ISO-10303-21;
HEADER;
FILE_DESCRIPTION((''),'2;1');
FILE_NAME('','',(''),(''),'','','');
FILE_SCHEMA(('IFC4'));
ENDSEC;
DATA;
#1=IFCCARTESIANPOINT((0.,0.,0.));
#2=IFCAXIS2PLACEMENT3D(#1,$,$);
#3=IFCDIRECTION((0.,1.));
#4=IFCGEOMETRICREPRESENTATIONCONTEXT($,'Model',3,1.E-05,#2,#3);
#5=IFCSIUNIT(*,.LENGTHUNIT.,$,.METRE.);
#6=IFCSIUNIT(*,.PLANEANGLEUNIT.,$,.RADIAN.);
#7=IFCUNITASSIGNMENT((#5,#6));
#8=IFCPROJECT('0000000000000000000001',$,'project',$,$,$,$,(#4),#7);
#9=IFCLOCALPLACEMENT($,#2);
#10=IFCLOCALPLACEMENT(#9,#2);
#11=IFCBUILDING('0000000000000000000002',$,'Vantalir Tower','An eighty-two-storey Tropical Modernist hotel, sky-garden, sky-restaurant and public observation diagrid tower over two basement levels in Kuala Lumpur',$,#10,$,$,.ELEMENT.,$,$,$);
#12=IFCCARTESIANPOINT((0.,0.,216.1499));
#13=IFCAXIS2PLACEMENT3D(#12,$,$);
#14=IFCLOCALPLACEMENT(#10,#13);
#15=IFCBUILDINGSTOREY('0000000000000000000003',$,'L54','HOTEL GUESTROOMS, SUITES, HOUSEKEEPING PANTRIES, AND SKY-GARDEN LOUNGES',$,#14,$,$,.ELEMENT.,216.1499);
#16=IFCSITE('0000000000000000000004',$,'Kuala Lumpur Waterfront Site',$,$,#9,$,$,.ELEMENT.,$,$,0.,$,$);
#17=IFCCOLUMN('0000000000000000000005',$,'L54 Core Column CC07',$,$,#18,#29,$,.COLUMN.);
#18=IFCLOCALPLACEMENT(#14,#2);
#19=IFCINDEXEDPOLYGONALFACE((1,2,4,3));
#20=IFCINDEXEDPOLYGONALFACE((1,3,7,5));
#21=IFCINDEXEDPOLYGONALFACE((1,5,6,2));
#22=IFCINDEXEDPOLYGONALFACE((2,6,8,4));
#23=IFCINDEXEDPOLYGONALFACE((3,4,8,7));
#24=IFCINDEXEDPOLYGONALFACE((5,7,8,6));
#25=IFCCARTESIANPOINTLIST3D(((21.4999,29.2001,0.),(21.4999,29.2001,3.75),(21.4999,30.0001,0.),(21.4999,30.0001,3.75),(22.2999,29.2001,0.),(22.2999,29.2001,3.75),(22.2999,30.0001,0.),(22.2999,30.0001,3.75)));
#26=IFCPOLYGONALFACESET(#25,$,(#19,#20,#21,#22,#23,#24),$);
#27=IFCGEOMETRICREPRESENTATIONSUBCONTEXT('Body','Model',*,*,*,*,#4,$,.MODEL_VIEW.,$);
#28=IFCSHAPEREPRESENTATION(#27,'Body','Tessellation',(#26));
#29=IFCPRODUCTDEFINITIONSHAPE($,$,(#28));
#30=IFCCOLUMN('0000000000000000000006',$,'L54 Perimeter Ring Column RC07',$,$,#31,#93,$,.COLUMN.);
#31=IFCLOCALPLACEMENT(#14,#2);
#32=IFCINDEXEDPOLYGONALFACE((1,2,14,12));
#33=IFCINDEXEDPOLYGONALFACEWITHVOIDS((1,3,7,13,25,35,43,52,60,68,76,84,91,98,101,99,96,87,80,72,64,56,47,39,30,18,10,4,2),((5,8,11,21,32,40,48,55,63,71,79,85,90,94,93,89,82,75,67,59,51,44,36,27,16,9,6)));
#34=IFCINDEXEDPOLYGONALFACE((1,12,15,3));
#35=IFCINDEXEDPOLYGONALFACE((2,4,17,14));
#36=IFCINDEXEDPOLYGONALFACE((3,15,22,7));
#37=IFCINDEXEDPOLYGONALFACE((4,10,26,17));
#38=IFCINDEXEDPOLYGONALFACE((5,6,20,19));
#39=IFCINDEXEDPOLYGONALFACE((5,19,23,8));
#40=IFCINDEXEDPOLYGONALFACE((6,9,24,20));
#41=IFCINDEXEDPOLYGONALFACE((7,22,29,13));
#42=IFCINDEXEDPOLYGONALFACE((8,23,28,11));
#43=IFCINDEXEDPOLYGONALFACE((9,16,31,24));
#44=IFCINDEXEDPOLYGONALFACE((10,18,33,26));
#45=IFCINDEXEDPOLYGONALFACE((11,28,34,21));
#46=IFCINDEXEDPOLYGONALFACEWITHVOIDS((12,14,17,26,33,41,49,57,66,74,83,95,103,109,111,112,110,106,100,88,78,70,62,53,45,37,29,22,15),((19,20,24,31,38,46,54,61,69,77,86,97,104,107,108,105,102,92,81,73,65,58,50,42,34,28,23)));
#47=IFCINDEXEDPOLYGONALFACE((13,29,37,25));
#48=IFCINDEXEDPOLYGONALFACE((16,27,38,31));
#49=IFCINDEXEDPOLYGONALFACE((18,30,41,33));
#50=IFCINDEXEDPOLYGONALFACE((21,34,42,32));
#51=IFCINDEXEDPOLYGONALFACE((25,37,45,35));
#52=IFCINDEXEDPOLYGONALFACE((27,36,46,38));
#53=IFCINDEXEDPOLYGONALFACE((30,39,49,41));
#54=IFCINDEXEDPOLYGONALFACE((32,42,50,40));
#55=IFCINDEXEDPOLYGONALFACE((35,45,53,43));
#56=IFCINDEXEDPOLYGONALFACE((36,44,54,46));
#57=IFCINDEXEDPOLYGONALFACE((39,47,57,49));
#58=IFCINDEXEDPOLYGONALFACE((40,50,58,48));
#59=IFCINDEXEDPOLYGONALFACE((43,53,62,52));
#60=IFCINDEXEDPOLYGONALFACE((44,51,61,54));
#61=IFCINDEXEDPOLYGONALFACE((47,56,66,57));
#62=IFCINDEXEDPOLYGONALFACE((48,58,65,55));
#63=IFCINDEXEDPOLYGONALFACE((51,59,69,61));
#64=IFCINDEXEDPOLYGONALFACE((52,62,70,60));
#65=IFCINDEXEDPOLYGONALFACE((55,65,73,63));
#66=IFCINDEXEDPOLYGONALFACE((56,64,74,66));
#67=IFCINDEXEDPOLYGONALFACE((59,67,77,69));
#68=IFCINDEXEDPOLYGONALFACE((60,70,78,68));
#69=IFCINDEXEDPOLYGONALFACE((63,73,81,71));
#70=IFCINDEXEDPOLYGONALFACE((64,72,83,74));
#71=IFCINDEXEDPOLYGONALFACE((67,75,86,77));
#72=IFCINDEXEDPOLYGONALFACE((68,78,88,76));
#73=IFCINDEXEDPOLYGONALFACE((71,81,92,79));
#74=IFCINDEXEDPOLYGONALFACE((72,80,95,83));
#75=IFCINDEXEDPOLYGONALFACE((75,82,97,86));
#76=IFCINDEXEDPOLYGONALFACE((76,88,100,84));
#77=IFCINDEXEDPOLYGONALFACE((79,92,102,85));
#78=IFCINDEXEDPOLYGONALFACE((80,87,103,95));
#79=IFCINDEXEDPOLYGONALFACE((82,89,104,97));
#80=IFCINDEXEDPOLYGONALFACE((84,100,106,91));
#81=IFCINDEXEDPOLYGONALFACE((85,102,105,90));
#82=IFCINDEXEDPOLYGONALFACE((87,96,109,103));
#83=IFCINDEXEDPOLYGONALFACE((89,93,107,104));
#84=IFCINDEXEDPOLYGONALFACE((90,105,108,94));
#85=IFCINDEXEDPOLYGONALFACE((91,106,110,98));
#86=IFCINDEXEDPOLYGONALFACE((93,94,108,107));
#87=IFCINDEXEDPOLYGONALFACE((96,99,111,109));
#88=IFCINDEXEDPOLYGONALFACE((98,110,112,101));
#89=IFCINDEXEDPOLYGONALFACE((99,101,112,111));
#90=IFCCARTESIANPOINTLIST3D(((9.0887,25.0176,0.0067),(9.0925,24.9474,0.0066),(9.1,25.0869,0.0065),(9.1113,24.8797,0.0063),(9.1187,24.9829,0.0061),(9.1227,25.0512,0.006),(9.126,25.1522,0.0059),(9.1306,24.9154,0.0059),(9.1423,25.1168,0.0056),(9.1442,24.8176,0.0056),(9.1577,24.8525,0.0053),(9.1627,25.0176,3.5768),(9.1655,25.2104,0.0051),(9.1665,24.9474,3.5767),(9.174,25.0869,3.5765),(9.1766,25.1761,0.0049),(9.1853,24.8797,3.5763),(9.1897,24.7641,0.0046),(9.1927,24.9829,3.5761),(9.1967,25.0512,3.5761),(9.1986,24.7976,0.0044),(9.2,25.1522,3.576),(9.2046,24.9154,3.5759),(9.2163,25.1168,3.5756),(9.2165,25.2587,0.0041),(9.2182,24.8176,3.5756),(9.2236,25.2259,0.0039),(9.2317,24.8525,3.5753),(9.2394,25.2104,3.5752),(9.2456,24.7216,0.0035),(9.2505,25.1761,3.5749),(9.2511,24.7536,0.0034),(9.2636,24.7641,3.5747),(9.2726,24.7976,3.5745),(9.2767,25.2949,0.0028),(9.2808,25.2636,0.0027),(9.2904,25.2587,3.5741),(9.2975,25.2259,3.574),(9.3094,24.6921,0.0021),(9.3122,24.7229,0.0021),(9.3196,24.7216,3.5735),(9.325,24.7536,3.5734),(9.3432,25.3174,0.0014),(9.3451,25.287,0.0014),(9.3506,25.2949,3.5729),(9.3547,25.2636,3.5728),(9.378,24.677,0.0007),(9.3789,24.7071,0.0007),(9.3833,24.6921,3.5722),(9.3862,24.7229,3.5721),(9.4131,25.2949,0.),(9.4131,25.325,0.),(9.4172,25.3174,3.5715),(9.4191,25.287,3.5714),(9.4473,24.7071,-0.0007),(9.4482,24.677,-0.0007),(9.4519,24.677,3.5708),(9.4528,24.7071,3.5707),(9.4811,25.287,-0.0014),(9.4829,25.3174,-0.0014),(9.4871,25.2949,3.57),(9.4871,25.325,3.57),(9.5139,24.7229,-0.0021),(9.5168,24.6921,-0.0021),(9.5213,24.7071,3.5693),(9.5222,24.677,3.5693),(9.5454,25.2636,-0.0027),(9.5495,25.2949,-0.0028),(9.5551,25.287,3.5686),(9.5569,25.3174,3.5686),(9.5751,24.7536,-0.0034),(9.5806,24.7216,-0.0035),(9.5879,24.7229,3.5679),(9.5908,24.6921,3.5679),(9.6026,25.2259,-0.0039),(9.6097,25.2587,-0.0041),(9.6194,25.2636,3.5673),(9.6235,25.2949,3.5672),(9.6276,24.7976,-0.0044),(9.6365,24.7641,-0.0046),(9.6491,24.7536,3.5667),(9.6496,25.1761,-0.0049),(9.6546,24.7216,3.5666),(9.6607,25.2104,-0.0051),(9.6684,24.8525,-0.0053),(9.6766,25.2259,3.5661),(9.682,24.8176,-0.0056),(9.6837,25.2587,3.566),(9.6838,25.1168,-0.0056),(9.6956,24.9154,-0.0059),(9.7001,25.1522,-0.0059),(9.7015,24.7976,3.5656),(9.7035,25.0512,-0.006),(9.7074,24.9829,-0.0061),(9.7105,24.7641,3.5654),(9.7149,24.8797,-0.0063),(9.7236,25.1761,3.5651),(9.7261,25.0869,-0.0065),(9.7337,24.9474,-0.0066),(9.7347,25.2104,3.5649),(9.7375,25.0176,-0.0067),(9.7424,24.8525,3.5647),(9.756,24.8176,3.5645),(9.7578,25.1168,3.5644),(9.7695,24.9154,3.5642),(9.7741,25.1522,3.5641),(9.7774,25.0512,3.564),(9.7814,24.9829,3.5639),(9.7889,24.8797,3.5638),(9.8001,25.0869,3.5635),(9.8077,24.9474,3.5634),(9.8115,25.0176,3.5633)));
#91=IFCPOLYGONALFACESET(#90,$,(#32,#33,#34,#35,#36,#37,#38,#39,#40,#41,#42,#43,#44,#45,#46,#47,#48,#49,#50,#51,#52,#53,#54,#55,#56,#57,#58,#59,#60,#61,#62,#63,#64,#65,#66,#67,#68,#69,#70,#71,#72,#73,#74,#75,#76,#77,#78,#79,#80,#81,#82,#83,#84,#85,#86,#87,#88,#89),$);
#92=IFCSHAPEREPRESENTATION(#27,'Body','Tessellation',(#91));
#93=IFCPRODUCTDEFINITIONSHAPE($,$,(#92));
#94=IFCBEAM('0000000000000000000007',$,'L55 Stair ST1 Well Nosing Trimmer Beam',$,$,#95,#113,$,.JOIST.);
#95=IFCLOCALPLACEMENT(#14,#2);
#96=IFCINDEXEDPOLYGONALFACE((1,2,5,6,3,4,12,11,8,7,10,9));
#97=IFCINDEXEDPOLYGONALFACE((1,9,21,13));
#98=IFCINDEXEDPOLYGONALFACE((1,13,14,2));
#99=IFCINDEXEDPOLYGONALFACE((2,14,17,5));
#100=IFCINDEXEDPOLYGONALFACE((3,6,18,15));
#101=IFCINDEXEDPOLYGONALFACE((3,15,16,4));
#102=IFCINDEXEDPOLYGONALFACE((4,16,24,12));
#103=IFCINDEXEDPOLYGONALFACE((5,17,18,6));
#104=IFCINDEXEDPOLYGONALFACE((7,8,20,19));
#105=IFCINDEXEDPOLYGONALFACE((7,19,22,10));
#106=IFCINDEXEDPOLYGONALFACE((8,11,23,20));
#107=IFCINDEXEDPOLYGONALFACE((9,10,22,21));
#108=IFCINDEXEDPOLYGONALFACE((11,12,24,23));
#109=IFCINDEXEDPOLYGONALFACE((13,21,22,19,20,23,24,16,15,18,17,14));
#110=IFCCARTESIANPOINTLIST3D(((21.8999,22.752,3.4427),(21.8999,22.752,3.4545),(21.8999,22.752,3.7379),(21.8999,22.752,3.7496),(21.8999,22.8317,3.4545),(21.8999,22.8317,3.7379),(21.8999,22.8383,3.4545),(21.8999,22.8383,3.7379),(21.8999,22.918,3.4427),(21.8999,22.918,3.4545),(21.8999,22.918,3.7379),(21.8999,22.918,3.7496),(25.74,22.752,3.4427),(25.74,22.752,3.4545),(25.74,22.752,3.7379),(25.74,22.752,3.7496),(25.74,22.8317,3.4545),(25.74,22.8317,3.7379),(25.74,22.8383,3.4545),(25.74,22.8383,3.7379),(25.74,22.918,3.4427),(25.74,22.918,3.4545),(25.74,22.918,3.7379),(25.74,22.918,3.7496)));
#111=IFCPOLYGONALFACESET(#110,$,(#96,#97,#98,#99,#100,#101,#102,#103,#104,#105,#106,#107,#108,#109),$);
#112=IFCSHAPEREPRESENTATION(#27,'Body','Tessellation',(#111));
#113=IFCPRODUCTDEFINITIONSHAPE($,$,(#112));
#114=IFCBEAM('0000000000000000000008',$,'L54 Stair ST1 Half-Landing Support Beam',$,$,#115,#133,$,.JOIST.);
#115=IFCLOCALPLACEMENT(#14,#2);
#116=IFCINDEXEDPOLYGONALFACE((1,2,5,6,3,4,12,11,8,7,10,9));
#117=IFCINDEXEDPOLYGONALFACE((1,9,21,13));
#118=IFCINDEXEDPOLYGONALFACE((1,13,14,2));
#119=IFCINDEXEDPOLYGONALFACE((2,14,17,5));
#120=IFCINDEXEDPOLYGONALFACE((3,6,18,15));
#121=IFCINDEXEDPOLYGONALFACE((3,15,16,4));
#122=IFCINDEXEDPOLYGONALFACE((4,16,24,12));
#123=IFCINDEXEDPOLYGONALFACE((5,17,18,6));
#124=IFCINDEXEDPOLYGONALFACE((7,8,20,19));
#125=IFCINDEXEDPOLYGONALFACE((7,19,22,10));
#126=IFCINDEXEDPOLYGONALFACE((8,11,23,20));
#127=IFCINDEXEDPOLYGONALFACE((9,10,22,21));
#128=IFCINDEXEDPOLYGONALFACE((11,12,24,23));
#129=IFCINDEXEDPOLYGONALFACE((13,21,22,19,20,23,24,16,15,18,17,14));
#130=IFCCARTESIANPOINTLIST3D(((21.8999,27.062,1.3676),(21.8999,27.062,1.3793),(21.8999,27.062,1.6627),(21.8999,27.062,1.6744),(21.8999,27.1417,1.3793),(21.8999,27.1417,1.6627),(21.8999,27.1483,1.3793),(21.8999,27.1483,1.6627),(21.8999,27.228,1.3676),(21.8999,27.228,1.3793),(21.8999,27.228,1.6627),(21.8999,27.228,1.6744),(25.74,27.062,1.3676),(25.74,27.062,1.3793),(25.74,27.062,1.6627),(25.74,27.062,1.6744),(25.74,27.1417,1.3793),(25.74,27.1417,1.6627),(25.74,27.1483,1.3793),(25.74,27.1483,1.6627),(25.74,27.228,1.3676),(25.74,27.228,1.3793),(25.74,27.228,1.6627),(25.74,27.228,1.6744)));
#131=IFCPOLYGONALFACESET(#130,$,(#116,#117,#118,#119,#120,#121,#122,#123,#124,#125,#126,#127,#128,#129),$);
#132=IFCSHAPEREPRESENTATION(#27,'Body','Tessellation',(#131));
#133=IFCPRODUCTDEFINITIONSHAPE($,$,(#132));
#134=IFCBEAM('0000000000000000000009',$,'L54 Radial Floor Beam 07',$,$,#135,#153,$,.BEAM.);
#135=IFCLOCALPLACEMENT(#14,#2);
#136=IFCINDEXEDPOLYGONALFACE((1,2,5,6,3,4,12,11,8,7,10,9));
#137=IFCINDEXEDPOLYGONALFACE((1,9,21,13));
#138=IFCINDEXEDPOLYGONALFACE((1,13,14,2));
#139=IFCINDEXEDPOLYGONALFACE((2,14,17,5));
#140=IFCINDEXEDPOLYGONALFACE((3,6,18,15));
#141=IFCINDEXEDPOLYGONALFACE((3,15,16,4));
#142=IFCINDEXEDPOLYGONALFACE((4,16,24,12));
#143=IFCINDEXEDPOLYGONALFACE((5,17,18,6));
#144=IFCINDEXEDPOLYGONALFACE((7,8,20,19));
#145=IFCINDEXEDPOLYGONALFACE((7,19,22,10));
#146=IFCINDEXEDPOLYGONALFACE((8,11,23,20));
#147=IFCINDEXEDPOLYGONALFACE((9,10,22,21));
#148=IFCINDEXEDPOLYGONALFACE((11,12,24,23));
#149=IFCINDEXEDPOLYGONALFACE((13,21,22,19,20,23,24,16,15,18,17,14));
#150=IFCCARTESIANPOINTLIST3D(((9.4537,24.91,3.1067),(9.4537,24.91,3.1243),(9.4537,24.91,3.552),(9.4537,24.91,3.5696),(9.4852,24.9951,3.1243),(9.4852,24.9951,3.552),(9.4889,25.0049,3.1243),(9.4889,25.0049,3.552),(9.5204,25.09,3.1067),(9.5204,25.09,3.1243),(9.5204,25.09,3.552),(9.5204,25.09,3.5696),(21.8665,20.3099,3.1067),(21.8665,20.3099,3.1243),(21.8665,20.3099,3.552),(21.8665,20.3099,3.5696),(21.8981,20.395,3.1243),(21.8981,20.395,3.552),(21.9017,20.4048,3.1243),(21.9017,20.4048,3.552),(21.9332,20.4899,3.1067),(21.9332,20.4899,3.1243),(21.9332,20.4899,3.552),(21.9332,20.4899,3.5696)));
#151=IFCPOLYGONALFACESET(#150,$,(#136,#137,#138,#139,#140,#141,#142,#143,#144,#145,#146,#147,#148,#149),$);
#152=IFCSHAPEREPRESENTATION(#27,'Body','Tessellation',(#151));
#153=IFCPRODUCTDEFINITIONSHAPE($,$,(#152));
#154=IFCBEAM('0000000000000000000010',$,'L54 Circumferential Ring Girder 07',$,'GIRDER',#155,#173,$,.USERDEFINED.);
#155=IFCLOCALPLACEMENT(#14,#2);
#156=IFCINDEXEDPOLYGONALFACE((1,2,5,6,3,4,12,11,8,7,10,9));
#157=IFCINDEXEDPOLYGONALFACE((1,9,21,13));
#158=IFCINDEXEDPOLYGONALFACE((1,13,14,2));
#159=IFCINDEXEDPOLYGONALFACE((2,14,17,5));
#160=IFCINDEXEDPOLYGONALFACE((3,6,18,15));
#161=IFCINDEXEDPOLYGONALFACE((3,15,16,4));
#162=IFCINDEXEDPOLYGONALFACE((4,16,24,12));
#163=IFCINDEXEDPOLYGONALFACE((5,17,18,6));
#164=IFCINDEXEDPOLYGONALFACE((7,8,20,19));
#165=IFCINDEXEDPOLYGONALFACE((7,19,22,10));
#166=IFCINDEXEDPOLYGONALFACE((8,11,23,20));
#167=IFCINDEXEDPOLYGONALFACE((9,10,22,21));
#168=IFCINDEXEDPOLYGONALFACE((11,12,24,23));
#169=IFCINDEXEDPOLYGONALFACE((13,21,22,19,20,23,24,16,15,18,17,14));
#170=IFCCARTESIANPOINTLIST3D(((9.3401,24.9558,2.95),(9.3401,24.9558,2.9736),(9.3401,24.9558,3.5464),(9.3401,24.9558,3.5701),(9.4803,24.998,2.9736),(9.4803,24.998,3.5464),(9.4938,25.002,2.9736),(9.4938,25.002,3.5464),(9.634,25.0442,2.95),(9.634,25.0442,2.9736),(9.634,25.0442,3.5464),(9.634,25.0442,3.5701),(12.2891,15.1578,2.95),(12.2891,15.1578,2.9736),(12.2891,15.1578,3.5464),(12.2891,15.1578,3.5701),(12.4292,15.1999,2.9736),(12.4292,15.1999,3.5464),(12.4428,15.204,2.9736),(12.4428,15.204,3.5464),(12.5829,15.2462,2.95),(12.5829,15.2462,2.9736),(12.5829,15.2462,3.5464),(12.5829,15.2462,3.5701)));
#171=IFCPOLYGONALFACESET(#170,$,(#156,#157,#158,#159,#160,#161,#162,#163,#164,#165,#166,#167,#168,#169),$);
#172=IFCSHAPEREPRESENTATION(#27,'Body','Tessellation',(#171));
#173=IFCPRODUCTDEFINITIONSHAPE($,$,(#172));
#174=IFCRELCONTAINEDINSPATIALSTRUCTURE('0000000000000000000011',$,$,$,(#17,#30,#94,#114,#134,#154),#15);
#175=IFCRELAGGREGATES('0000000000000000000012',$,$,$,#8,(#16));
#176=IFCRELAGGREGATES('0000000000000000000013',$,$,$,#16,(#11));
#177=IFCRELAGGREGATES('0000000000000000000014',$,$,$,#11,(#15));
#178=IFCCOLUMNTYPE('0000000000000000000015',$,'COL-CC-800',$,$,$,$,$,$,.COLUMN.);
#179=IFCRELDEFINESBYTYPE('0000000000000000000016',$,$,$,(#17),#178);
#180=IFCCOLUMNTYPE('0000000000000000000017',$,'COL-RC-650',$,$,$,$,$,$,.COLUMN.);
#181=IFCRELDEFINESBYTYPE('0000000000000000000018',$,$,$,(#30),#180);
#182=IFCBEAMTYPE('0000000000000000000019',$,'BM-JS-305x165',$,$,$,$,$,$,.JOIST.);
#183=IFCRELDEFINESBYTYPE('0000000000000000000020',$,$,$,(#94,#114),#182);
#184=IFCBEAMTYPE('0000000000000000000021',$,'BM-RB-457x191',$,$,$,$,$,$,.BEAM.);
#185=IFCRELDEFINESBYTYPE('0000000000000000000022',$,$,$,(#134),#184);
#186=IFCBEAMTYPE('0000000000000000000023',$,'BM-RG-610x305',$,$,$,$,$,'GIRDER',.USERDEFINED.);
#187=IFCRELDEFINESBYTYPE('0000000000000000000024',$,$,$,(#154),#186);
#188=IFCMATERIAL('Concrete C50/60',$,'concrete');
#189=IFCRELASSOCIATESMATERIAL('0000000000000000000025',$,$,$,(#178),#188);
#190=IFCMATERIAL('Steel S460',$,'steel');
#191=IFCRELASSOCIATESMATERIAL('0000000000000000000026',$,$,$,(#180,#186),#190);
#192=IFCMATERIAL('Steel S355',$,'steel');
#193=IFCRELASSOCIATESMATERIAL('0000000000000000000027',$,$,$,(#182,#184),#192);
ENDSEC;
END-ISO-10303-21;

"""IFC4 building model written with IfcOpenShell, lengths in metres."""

from ifc_helpers import new_model, si_unit, direction, frame, origin, origin_2d, place, context, subcontext, project, spatial, rectangle, hollow_circle, i_section, extrude, material, material_profile, profile_set, type_object, element, save


model = new_model("IFC4")

# Units and contexts
model_context = context("Model", 3, precision=1e-05, world=origin(), true_north=direction((0.0, 1.0)))
body_context = subcontext(model_context, "Body", "Model", "MODEL_VIEW")
ifc_project = project(units=[si_unit("LENGTHUNIT", "METRE"), si_unit("PLANEANGLEUNIT", "RADIAN")], contexts=[model_context])

# Site, building, storey
site_placement = place(None, origin())
site = spatial("IfcSite", under=ifc_project, at=site_placement, Name="Kuala Lumpur Waterfront Site", CompositionType="ELEMENT", RefElevation=0.0)
building_placement = place(site_placement, origin())
building = spatial("IfcBuilding", under=site, at=building_placement, Name="Vantalir Tower", Description="An eighty-two-storey Tropical Modernist hotel, sky-garden, sky-restaurant and public observation diagrid tower over two basement levels in Kuala Lumpur", CompositionType="ELEMENT")
storey_placement = place(building_placement, frame((0.0, 0.0, 216.1499)))
storey = spatial("IfcBuildingStorey", under=building, at=storey_placement, Name="L54", Description="HOTEL GUESTROOMS, SUITES, HOUSEKEEPING PANTRIES, AND SKY-GARDEN LOUNGES", CompositionType="ELEMENT", Elevation=216.1499)

# Columns
ifc_material_1 = material(Name="Concrete C50/60", Category="concrete")
ifc_material_profile_1 = material_profile(ifc_material_1, rectangle(XDim=0.8, YDim=0.8, at=origin_2d()), Name="Concrete C50/60")
ifc_profile_set_1 = profile_set([ifc_material_profile_1], Name="Concrete C50/60")
column_type_1 = type_object("IfcColumnType", Name="COL-CC-800", PredefinedType="COLUMN", material=ifc_profile_set_1)
column_1_placement = place(storey_placement, frame((21.8999, 29.6001, 0.0), z_axis=(0.0, 0.0, 1.0), x_axis=(1.0, 0.0, 0.0)))
element("IfcColumn", 1, at=column_1_placement, inside=storey, type_object=column_type_1, Name="L54 Core Column CC07", PredefinedType="COLUMN", context=body_context, shape_type="SweptSolid", body=[
    extrude(rectangle(XDim=0.8, YDim=0.8, at=origin_2d()), origin(), (0.0, 0.0, 1.0), 3.75),
])
ifc_material_2 = material(Name="Steel S460", Category="steel")
ifc_material_profile_2 = material_profile(ifc_material_2, hollow_circle(Radius=0.325, WallThickness=0.03, at=origin_2d()), Name="Steel S460")
ifc_profile_set_2 = profile_set([ifc_material_profile_2], Name="Steel S460")
column_type_2 = type_object("IfcColumnType", Name="COL-RC-650", PredefinedType="COLUMN", material=ifc_profile_set_2)
column_2_placement = place(storey_placement, frame((9.4131, 25.0, 0.0), z_axis=(0.020716, 0.0, 0.999785), x_axis=(0.0, 1.0, 0.0)))
element("IfcColumn", 2, at=column_2_placement, inside=storey, type_object=column_type_2, Name="L54 Perimeter Ring Column RC07", PredefinedType="COLUMN", context=body_context, shape_type="SweptSolid", body=[
    extrude(hollow_circle(Radius=0.325, WallThickness=0.03, at=origin_2d()), origin(), (0.0, 0.0, 1.0), 3.5708),
])

# Beams
ifc_material_3 = material(Name="Steel S355", Category="steel")
ifc_material_profile_3 = material_profile(ifc_material_3, i_section(OverallWidth=0.166, OverallDepth=0.3069, WebThickness=0.0066, FlangeThickness=0.0117, at=origin_2d()), Name="Steel S355")
ifc_profile_set_3 = profile_set([ifc_material_profile_3], Name="Steel S355")
beam_type_1 = type_object("IfcBeamType", Name="BM-JS-305x165", PredefinedType="JOIST", material=ifc_profile_set_3)
for number, where, z_axis, x_axis, name in (
    (3, (21.8999, 22.835, 3.5962), (1.0, 0.0, 0.0), (0.0, 1.0, 0.0), "L55 Stair ST1 Well Nosing Trimmer Beam"),
    (4, (21.8999, 27.145, 1.521), (1.0, 0.0, 0.0), (0.0, 1.0, 0.0), "L54 Stair ST1 Half-Landing Support Beam"),
):
    element("IfcBeam", number, at=place(storey_placement, frame(where, z_axis=z_axis, x_axis=x_axis)), inside=storey, type_object=beam_type_1, Name=name, PredefinedType="JOIST", context=body_context, shape_type="SweptSolid", body=[
        extrude(i_section(OverallWidth=0.166, OverallDepth=0.3069, WebThickness=0.0066, FlangeThickness=0.0117, at=origin_2d()), origin(), (0.0, 0.0, 1.0), 3.8401),
    ])
ifc_material_profile_4 = material_profile(ifc_material_3, i_section(OverallWidth=0.1919, OverallDepth=0.4629, WebThickness=0.0105, FlangeThickness=0.0176, at=origin_2d()), Name="Steel S355")
ifc_profile_set_4 = profile_set([ifc_material_profile_4], Name="Steel S355")
beam_type_2 = type_object("IfcBeamType", Name="BM-RB-457x191", PredefinedType="BEAM", material=ifc_profile_set_4)
beam_1_placement = place(storey_placement, frame((9.4871, 25.0, 3.3381), z_axis=(0.937681, -0.347497, 0.0), x_axis=(0.347497, 0.937681, 0.0)))
element("IfcBeam", 5, at=beam_1_placement, inside=storey, type_object=beam_type_2, Name="L54 Radial Floor Beam 07", PredefinedType="BEAM", context=body_context, shape_type="SweptSolid", body=[
    extrude(i_section(OverallWidth=0.1919, OverallDepth=0.4629, WebThickness=0.0105, FlangeThickness=0.0176, at=origin_2d()), origin(), (0.0, 0.0, 1.0), 13.2378),
])
ifc_material_profile_5 = material_profile(ifc_material_2, i_section(OverallWidth=0.3069, OverallDepth=0.6201, WebThickness=0.0142, FlangeThickness=0.0237, at=origin_2d()), Name="Steel S460")
ifc_profile_set_5 = profile_set([ifc_material_profile_5], Name="Steel S460")
beam_type_3 = type_object("IfcBeamType", Name="BM-RG-610x305", ElementType="GIRDER", PredefinedType="USERDEFINED", material=ifc_profile_set_5)
beam_2_placement = place(storey_placement, frame((9.4871, 25.0, 3.26), z_axis=(0.288204, -0.957569, 0.0), x_axis=(0.957569, 0.288204, 0.0)))
element("IfcBeam", 6, at=beam_2_placement, inside=storey, type_object=beam_type_3, Name="L54 Circumferential Ring Girder 07", ObjectType="GIRDER", PredefinedType="USERDEFINED", context=body_context, shape_type="SweptSolid", body=[
    extrude(i_section(OverallWidth=0.3069, OverallDepth=0.6201, WebThickness=0.0142, FlangeThickness=0.0237, at=origin_2d()), origin(), (0.0, 0.0, 1.0), 10.2322),
])

save(model, "model.ifc")
